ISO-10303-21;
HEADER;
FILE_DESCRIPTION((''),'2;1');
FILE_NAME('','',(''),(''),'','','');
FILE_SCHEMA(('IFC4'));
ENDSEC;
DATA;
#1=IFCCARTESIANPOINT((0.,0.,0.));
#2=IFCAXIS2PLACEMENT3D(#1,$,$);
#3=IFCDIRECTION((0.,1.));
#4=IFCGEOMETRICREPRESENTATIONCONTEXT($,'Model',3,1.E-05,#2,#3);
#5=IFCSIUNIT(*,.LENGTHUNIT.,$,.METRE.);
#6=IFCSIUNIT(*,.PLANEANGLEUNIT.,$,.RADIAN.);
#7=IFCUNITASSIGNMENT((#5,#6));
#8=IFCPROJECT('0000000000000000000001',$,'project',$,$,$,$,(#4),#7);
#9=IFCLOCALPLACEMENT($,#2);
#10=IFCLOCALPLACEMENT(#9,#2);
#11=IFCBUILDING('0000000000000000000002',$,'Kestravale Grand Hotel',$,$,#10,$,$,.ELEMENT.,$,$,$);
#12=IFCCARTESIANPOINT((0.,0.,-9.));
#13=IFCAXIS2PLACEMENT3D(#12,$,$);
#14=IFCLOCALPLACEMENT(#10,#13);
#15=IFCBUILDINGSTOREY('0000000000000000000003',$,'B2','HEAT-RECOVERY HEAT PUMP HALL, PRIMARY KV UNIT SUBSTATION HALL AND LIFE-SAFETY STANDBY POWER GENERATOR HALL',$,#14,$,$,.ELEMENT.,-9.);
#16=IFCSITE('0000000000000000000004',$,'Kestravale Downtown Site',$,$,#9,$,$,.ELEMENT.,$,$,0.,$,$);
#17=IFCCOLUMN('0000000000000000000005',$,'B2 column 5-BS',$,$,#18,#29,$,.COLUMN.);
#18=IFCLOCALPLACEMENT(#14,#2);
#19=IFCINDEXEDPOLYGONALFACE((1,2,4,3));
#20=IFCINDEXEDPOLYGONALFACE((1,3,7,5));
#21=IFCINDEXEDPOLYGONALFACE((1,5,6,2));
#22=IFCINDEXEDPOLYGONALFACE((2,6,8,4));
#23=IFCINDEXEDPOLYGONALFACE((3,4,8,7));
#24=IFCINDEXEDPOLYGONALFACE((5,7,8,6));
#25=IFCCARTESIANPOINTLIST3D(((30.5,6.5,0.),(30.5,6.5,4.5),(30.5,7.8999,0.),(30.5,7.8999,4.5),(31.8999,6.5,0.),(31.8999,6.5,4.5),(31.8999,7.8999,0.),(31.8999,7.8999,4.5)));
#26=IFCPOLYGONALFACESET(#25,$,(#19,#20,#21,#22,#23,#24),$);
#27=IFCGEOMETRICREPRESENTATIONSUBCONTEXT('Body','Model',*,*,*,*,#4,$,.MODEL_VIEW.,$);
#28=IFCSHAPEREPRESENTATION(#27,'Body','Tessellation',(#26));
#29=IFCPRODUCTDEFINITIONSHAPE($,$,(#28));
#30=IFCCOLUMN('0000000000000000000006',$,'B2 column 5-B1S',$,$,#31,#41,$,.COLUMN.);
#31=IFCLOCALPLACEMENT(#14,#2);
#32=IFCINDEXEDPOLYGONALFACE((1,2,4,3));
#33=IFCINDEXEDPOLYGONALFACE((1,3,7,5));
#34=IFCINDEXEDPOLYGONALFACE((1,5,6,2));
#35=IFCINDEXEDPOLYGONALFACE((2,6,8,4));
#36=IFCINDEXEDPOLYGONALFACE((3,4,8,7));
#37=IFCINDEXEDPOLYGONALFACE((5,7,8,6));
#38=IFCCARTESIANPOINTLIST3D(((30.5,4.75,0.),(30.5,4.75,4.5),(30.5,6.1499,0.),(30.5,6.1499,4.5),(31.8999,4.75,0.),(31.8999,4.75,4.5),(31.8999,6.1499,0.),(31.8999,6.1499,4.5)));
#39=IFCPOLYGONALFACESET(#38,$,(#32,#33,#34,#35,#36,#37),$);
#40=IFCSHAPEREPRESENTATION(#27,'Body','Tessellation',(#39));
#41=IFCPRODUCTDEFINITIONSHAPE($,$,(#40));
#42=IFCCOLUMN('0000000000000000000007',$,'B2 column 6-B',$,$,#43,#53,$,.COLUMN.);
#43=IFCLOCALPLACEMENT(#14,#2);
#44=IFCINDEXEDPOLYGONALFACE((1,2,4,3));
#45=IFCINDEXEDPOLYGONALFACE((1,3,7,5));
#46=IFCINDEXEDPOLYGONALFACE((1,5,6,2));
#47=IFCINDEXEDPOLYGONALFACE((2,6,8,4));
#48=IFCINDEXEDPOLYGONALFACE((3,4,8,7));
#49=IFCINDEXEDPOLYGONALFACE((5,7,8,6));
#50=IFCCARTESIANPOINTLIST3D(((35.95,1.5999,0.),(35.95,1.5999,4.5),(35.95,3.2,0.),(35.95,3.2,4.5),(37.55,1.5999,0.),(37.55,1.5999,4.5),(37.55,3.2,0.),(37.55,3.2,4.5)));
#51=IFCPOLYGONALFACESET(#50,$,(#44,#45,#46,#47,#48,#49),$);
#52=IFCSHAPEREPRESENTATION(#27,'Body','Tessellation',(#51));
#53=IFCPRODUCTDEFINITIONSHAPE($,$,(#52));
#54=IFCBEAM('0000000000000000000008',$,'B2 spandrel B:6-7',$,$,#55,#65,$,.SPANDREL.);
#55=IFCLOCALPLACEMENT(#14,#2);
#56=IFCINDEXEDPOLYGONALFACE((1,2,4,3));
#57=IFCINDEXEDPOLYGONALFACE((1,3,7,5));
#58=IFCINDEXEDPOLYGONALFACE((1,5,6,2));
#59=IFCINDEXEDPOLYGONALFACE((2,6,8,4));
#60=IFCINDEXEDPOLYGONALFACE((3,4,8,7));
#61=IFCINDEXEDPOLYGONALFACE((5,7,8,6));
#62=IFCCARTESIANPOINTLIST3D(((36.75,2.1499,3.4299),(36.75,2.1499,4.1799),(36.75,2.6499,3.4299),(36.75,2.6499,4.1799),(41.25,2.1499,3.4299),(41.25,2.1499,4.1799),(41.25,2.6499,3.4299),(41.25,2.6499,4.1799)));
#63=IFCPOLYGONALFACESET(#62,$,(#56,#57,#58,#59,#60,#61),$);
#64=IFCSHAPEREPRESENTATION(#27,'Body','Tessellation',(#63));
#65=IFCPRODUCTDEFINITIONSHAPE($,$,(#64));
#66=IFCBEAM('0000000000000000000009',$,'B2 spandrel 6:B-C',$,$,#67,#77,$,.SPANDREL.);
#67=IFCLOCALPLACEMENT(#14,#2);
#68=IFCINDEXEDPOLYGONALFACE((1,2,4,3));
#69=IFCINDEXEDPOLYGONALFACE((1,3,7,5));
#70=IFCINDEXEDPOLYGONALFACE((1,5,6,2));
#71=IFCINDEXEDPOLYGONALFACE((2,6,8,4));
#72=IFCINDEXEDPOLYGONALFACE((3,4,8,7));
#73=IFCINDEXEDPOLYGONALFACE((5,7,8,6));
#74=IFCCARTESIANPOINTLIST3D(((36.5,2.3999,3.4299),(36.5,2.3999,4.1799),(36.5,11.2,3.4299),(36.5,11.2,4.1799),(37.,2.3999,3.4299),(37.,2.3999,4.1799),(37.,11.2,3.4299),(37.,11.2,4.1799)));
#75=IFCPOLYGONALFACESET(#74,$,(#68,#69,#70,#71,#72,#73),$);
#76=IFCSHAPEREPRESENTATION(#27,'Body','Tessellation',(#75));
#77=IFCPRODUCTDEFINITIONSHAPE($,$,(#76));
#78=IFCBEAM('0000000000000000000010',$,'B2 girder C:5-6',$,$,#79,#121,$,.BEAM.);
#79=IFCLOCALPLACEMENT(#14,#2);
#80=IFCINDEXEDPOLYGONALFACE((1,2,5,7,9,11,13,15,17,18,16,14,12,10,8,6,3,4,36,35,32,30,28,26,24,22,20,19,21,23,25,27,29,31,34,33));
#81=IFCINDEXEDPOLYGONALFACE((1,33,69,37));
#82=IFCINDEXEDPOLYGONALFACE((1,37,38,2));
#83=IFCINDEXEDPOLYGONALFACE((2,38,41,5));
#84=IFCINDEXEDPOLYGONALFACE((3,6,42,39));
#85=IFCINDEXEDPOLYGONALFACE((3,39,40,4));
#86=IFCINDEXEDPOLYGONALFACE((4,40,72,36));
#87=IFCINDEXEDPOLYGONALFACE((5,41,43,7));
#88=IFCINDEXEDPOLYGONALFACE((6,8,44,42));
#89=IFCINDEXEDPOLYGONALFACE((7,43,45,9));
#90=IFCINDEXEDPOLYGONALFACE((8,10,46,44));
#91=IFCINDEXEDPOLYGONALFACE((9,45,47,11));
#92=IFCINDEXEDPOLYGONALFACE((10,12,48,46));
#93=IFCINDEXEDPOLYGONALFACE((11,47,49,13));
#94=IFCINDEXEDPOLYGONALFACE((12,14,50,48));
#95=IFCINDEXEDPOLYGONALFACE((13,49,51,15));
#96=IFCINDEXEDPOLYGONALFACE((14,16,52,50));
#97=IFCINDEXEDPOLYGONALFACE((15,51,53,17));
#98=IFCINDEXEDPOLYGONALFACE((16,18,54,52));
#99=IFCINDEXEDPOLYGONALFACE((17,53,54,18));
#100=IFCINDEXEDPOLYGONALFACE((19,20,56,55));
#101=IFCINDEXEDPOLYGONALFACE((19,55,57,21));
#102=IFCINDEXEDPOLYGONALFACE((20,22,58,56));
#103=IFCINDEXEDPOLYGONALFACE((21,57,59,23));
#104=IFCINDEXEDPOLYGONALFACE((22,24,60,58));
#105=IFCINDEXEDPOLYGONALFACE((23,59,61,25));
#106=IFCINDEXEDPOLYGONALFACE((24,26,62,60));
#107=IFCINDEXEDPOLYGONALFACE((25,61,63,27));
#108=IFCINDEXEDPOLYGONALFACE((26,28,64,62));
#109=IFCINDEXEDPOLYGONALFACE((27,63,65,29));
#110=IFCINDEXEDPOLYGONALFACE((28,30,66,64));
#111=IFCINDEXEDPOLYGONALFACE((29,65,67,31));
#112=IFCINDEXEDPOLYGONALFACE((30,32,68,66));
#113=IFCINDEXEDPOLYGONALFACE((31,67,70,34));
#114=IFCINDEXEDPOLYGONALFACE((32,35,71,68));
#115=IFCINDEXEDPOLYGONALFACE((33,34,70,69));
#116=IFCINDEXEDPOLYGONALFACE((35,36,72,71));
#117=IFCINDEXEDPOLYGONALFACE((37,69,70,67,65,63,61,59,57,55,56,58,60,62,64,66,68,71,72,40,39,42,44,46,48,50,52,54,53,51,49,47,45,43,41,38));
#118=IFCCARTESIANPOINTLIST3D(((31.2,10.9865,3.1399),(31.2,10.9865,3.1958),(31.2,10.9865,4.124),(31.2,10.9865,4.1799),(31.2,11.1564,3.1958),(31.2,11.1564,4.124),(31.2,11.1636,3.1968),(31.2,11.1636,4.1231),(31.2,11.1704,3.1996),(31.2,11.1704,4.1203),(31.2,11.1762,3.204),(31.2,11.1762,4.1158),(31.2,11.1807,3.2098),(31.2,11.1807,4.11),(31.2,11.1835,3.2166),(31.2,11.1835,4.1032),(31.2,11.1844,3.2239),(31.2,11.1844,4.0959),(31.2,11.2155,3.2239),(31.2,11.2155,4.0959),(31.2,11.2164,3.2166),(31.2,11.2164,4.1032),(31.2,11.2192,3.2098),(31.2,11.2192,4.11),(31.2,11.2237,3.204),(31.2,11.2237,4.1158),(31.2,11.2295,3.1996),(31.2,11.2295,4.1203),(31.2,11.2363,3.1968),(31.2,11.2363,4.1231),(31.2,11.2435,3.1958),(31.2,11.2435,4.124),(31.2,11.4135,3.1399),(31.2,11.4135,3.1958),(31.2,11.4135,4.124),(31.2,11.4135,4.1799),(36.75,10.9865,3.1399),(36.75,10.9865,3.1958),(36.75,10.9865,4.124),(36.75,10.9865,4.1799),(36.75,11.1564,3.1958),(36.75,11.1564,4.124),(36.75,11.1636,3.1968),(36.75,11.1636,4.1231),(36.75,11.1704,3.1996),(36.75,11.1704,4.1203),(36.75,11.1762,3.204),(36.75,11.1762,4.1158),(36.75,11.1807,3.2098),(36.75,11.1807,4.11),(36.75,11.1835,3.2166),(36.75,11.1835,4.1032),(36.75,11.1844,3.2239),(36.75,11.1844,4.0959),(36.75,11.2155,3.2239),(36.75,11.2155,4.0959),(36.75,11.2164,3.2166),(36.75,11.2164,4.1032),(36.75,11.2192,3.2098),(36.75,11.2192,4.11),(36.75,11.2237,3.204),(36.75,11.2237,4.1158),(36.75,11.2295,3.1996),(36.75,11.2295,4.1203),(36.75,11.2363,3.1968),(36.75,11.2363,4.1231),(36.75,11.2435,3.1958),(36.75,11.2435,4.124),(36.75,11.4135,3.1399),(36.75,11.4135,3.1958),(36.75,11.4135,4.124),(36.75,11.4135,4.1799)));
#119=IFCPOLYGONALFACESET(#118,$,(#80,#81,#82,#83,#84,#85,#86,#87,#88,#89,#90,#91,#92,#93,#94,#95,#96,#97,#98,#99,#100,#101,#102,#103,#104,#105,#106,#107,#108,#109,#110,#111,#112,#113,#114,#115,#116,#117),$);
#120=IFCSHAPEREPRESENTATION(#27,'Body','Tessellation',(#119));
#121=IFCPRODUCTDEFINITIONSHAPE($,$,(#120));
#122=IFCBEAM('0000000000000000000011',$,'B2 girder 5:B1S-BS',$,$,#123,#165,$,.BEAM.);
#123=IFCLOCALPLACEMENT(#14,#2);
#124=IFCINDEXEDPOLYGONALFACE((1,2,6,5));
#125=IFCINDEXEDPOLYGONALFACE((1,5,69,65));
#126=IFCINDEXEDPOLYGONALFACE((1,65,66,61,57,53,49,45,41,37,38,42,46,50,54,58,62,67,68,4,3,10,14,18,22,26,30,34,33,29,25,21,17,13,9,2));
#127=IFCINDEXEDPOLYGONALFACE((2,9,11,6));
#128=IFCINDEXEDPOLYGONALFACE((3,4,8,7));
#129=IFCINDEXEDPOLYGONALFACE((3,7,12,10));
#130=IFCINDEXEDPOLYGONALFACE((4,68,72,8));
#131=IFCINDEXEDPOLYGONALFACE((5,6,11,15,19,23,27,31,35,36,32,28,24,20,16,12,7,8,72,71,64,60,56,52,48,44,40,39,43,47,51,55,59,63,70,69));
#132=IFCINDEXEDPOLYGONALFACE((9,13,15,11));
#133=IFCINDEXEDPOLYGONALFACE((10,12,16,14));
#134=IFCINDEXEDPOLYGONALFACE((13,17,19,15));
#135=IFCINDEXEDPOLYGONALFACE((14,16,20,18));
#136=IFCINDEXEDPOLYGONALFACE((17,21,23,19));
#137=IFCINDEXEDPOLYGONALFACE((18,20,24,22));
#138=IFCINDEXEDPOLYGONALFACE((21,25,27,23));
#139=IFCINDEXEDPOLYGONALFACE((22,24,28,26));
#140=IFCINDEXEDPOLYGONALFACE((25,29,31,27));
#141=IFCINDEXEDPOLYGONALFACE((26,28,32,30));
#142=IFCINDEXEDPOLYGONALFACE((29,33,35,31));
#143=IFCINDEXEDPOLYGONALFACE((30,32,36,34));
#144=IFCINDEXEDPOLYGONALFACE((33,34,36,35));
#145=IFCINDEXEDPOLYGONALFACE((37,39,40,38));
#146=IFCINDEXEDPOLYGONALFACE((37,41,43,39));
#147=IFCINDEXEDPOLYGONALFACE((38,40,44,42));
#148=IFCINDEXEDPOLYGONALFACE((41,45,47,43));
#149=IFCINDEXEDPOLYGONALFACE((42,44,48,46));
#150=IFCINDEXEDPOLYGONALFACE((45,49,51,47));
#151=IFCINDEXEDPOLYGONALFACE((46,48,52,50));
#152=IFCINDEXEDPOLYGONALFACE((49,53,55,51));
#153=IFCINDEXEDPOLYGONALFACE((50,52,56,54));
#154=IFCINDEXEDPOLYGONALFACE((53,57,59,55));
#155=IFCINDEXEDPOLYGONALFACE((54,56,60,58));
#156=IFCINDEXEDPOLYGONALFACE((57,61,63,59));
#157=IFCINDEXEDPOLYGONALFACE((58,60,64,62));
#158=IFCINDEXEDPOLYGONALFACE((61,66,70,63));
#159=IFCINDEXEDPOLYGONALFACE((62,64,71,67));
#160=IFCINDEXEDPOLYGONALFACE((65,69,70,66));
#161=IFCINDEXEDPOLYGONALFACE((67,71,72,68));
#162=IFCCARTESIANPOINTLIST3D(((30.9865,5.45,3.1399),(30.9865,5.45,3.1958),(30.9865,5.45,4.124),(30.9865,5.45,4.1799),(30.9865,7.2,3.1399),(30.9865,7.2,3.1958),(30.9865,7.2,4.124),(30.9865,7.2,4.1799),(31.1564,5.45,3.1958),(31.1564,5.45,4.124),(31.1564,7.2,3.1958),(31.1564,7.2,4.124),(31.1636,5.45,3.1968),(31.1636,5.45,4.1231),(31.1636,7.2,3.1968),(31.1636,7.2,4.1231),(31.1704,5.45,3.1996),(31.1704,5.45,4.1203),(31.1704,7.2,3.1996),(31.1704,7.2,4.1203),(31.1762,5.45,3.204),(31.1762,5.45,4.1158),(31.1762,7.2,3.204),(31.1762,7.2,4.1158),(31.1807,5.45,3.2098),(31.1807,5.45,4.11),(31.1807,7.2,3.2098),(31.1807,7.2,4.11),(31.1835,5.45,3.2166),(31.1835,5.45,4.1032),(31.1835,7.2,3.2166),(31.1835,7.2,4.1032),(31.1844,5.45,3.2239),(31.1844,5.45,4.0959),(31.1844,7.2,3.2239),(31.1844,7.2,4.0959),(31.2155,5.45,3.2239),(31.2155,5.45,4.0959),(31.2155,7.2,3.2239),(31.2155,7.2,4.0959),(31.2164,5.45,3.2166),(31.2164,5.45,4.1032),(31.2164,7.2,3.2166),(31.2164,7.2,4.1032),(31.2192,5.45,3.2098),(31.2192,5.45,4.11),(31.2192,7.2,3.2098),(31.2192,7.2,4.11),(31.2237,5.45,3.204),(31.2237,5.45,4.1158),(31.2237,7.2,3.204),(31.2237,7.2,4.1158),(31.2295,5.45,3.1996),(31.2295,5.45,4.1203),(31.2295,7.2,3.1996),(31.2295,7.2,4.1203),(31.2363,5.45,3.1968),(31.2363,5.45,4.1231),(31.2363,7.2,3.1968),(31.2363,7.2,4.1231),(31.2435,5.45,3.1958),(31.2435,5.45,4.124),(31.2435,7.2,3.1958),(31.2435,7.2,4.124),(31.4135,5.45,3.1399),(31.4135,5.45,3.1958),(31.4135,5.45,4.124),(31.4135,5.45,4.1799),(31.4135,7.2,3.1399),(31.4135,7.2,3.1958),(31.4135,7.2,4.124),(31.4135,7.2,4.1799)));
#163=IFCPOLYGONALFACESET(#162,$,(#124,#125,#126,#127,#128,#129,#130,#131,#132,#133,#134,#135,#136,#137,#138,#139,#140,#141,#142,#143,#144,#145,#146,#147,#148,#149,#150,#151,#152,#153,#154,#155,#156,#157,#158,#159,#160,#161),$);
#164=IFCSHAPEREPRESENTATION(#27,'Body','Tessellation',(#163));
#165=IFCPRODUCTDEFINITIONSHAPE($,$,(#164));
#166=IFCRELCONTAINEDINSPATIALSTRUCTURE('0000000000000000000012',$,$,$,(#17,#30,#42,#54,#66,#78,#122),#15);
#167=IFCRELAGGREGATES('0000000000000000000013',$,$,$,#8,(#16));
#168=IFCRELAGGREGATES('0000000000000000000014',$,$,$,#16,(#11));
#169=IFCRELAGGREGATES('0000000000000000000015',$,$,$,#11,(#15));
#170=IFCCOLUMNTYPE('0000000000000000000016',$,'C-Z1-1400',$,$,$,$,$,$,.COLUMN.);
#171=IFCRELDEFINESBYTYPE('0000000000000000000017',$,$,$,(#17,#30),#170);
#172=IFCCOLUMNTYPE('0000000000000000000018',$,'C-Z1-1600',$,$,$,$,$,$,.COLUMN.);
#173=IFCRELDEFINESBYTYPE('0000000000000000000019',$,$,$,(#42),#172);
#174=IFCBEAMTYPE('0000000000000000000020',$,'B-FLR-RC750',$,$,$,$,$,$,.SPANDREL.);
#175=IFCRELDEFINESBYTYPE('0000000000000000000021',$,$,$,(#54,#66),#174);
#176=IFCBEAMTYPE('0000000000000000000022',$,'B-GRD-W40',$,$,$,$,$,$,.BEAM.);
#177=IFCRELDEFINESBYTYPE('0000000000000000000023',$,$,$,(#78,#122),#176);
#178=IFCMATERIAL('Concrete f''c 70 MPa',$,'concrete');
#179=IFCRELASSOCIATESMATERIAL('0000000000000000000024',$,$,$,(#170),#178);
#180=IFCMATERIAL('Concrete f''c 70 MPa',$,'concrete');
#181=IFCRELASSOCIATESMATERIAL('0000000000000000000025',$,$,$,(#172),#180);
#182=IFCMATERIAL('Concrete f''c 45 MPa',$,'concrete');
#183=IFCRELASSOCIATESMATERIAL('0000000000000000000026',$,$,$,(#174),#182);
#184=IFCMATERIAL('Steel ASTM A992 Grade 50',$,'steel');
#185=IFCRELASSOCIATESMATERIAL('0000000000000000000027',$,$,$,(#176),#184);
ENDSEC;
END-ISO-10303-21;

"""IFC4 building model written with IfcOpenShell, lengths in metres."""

from ifc_helpers import new_model, si_unit, direction, frame, origin, origin_2d, place, context, subcontext, project, spatial, rectangle, i_section, extrude, material, material_profile, profile_set, type_object, element, save


model = new_model("IFC4")

# Units and contexts
model_context = context("Model", 3, precision=1e-05, world=origin(), true_north=direction((0.0, 1.0)))
body_context = subcontext(model_context, "Body", "Model", "MODEL_VIEW")
ifc_project = project(units=[si_unit("LENGTHUNIT", "METRE"), si_unit("PLANEANGLEUNIT", "RADIAN")], contexts=[model_context])

# Site, building, storey
site_placement = place(None, origin())
site = spatial("IfcSite", under=ifc_project, at=site_placement, Name="Kestravale Downtown Site", CompositionType="ELEMENT", RefElevation=0.0)
building_placement = place(site_placement, origin())
building = spatial("IfcBuilding", under=site, at=building_placement, Name="Kestravale Grand Hotel", CompositionType="ELEMENT")
storey_placement = place(building_placement, frame((0.0, 0.0, -9.0)))
storey = spatial("IfcBuildingStorey", under=building, at=storey_placement, Name="B2", Description="HEAT-RECOVERY HEAT PUMP HALL, PRIMARY KV UNIT SUBSTATION HALL AND LIFE-SAFETY STANDBY POWER GENERATOR HALL", CompositionType="ELEMENT", Elevation=-9.0)

# Columns
ifc_material_1 = material(Name="Concrete f'c 70 MPa", Category="concrete")
ifc_material_profile_1 = material_profile(ifc_material_1, rectangle(XDim=1.3999, YDim=1.3999, at=origin_2d()))
ifc_profile_set_1 = profile_set([ifc_material_profile_1], Name="Concrete f'c 70 MPa")
column_type_1 = type_object("IfcColumnType", Name="C-Z1-1400", PredefinedType="COLUMN", material=ifc_profile_set_1)
for number, where, z_axis, x_axis, name in (
    (1, (31.2, 7.2, 0.0), (0.0, 0.0, 1.0), (1.0, 0.0, 0.0), "B2 column 5-BS"),
    (2, (31.2, 5.45, 0.0), (0.0, 0.0, 1.0), (1.0, 0.0, 0.0), "B2 column 5-B1S"),
):
    element("IfcColumn", number, at=place(storey_placement, frame(where, z_axis=z_axis, x_axis=x_axis)), inside=storey, type_object=column_type_1, Name=name, PredefinedType="COLUMN", context=body_context, shape_type="SweptSolid", body=[
        extrude(rectangle(XDim=1.3999, YDim=1.3999, at=origin_2d()), origin(), (0.0, 0.0, 1.0), 4.5),
    ])
ifc_material_2 = material(Name="Concrete f'c 70 MPa", Category="concrete")
ifc_material_profile_2 = material_profile(ifc_material_2, rectangle(XDim=1.6001, YDim=1.6001, at=origin_2d()))
ifc_profile_set_2 = profile_set([ifc_material_profile_2], Name="Concrete f'c 70 MPa")
column_type_2 = type_object("IfcColumnType", Name="C-Z1-1600", PredefinedType="COLUMN", material=ifc_profile_set_2)
column_placement = place(storey_placement, frame((36.75, 2.3999, 0.0), z_axis=(0.0, 0.0, 1.0), x_axis=(1.0, 0.0, 0.0)))
element("IfcColumn", 3, at=column_placement, inside=storey, type_object=column_type_2, Name="B2 column 6-B", PredefinedType="COLUMN", context=body_context, shape_type="SweptSolid", body=[
    extrude(rectangle(XDim=1.6001, YDim=1.6001, at=origin_2d()), origin(), (0.0, 0.0, 1.0), 4.5),
])

# Beams
ifc_material_3 = material(Name="Concrete f'c 45 MPa", Category="concrete")
ifc_material_profile_3 = material_profile(ifc_material_3, rectangle(XDim=0.5, YDim=0.75, at=origin_2d()))
ifc_profile_set_3 = profile_set([ifc_material_profile_3], Name="Concrete f'c 45 MPa")
beam_type_1 = type_object("IfcBeamType", Name="B-FLR-RC750", PredefinedType="SPANDREL", material=ifc_profile_set_3)
beam_1_placement = place(storey_placement, frame((36.75, 2.3999, 3.8049), z_axis=(1.0, 0.0, 0.0), x_axis=(0.0, 1.0, 0.0)))
element("IfcBeam", 4, at=beam_1_placement, inside=storey, type_object=beam_type_1, Name="B2 spandrel B:6-7", PredefinedType="SPANDREL", context=body_context, shape_type="SweptSolid", body=[
    extrude(rectangle(XDim=0.5, YDim=0.75, at=origin_2d()), origin(), (0.0, 0.0, 1.0), 4.5),
])
beam_2_placement = place(storey_placement, frame((36.75, 2.3999, 3.8049), z_axis=(0.0, 1.0, 0.0), x_axis=(-1.0, 0.0, 0.0)))
element("IfcBeam", 5, at=beam_2_placement, inside=storey, type_object=beam_type_1, Name="B2 spandrel 6:B-C", PredefinedType="SPANDREL", context=body_context, shape_type="SweptSolid", body=[
    extrude(rectangle(XDim=0.5, YDim=0.75, at=origin_2d()), origin(), (0.0, 0.0, 1.0), 8.8),
])
ifc_material_4 = material(Name="Steel ASTM A992 Grade 50", Category="steel")
ifc_material_profile_4 = material_profile(ifc_material_4, i_section(OverallWidth=0.427, OverallDepth=1.04, WebThickness=0.031, FlangeThickness=0.0559, FilletRadius=0.0281, at=origin_2d()))
ifc_profile_set_4 = profile_set([ifc_material_profile_4], Name="Steel ASTM A992 Grade 50")
beam_type_2 = type_object("IfcBeamType", Name="B-GRD-W40", PredefinedType="BEAM", material=ifc_profile_set_4)
beam_3_placement = place(storey_placement, frame((31.2, 11.2, 3.6599), z_axis=(1.0, 0.0, 0.0), x_axis=(0.0, 1.0, 0.0)))
element("IfcBeam", 6, at=beam_3_placement, inside=storey, type_object=beam_type_2, Name="B2 girder C:5-6", PredefinedType="BEAM", context=body_context, shape_type="SweptSolid", body=[
    extrude(i_section(OverallWidth=0.427, OverallDepth=1.04, WebThickness=0.031, FlangeThickness=0.0559, FilletRadius=0.0281, at=origin_2d()), origin(), (0.0, 0.0, 1.0), 5.55),
])
beam_4_placement = place(storey_placement, frame((31.2, 5.45, 3.6599), z_axis=(0.0, 1.0, 0.0), x_axis=(-1.0, 0.0, 0.0)))
element("IfcBeam", 7, at=beam_4_placement, inside=storey, type_object=beam_type_2, Name="B2 girder 5:B1S-BS", PredefinedType="BEAM", context=body_context, shape_type="SweptSolid", body=[
    extrude(i_section(OverallWidth=0.427, OverallDepth=1.04, WebThickness=0.031, FlangeThickness=0.0559, FilletRadius=0.0281, at=origin_2d()), origin(), (0.0, 0.0, 1.0), 1.75),
])

save(model, "model.ifc")
